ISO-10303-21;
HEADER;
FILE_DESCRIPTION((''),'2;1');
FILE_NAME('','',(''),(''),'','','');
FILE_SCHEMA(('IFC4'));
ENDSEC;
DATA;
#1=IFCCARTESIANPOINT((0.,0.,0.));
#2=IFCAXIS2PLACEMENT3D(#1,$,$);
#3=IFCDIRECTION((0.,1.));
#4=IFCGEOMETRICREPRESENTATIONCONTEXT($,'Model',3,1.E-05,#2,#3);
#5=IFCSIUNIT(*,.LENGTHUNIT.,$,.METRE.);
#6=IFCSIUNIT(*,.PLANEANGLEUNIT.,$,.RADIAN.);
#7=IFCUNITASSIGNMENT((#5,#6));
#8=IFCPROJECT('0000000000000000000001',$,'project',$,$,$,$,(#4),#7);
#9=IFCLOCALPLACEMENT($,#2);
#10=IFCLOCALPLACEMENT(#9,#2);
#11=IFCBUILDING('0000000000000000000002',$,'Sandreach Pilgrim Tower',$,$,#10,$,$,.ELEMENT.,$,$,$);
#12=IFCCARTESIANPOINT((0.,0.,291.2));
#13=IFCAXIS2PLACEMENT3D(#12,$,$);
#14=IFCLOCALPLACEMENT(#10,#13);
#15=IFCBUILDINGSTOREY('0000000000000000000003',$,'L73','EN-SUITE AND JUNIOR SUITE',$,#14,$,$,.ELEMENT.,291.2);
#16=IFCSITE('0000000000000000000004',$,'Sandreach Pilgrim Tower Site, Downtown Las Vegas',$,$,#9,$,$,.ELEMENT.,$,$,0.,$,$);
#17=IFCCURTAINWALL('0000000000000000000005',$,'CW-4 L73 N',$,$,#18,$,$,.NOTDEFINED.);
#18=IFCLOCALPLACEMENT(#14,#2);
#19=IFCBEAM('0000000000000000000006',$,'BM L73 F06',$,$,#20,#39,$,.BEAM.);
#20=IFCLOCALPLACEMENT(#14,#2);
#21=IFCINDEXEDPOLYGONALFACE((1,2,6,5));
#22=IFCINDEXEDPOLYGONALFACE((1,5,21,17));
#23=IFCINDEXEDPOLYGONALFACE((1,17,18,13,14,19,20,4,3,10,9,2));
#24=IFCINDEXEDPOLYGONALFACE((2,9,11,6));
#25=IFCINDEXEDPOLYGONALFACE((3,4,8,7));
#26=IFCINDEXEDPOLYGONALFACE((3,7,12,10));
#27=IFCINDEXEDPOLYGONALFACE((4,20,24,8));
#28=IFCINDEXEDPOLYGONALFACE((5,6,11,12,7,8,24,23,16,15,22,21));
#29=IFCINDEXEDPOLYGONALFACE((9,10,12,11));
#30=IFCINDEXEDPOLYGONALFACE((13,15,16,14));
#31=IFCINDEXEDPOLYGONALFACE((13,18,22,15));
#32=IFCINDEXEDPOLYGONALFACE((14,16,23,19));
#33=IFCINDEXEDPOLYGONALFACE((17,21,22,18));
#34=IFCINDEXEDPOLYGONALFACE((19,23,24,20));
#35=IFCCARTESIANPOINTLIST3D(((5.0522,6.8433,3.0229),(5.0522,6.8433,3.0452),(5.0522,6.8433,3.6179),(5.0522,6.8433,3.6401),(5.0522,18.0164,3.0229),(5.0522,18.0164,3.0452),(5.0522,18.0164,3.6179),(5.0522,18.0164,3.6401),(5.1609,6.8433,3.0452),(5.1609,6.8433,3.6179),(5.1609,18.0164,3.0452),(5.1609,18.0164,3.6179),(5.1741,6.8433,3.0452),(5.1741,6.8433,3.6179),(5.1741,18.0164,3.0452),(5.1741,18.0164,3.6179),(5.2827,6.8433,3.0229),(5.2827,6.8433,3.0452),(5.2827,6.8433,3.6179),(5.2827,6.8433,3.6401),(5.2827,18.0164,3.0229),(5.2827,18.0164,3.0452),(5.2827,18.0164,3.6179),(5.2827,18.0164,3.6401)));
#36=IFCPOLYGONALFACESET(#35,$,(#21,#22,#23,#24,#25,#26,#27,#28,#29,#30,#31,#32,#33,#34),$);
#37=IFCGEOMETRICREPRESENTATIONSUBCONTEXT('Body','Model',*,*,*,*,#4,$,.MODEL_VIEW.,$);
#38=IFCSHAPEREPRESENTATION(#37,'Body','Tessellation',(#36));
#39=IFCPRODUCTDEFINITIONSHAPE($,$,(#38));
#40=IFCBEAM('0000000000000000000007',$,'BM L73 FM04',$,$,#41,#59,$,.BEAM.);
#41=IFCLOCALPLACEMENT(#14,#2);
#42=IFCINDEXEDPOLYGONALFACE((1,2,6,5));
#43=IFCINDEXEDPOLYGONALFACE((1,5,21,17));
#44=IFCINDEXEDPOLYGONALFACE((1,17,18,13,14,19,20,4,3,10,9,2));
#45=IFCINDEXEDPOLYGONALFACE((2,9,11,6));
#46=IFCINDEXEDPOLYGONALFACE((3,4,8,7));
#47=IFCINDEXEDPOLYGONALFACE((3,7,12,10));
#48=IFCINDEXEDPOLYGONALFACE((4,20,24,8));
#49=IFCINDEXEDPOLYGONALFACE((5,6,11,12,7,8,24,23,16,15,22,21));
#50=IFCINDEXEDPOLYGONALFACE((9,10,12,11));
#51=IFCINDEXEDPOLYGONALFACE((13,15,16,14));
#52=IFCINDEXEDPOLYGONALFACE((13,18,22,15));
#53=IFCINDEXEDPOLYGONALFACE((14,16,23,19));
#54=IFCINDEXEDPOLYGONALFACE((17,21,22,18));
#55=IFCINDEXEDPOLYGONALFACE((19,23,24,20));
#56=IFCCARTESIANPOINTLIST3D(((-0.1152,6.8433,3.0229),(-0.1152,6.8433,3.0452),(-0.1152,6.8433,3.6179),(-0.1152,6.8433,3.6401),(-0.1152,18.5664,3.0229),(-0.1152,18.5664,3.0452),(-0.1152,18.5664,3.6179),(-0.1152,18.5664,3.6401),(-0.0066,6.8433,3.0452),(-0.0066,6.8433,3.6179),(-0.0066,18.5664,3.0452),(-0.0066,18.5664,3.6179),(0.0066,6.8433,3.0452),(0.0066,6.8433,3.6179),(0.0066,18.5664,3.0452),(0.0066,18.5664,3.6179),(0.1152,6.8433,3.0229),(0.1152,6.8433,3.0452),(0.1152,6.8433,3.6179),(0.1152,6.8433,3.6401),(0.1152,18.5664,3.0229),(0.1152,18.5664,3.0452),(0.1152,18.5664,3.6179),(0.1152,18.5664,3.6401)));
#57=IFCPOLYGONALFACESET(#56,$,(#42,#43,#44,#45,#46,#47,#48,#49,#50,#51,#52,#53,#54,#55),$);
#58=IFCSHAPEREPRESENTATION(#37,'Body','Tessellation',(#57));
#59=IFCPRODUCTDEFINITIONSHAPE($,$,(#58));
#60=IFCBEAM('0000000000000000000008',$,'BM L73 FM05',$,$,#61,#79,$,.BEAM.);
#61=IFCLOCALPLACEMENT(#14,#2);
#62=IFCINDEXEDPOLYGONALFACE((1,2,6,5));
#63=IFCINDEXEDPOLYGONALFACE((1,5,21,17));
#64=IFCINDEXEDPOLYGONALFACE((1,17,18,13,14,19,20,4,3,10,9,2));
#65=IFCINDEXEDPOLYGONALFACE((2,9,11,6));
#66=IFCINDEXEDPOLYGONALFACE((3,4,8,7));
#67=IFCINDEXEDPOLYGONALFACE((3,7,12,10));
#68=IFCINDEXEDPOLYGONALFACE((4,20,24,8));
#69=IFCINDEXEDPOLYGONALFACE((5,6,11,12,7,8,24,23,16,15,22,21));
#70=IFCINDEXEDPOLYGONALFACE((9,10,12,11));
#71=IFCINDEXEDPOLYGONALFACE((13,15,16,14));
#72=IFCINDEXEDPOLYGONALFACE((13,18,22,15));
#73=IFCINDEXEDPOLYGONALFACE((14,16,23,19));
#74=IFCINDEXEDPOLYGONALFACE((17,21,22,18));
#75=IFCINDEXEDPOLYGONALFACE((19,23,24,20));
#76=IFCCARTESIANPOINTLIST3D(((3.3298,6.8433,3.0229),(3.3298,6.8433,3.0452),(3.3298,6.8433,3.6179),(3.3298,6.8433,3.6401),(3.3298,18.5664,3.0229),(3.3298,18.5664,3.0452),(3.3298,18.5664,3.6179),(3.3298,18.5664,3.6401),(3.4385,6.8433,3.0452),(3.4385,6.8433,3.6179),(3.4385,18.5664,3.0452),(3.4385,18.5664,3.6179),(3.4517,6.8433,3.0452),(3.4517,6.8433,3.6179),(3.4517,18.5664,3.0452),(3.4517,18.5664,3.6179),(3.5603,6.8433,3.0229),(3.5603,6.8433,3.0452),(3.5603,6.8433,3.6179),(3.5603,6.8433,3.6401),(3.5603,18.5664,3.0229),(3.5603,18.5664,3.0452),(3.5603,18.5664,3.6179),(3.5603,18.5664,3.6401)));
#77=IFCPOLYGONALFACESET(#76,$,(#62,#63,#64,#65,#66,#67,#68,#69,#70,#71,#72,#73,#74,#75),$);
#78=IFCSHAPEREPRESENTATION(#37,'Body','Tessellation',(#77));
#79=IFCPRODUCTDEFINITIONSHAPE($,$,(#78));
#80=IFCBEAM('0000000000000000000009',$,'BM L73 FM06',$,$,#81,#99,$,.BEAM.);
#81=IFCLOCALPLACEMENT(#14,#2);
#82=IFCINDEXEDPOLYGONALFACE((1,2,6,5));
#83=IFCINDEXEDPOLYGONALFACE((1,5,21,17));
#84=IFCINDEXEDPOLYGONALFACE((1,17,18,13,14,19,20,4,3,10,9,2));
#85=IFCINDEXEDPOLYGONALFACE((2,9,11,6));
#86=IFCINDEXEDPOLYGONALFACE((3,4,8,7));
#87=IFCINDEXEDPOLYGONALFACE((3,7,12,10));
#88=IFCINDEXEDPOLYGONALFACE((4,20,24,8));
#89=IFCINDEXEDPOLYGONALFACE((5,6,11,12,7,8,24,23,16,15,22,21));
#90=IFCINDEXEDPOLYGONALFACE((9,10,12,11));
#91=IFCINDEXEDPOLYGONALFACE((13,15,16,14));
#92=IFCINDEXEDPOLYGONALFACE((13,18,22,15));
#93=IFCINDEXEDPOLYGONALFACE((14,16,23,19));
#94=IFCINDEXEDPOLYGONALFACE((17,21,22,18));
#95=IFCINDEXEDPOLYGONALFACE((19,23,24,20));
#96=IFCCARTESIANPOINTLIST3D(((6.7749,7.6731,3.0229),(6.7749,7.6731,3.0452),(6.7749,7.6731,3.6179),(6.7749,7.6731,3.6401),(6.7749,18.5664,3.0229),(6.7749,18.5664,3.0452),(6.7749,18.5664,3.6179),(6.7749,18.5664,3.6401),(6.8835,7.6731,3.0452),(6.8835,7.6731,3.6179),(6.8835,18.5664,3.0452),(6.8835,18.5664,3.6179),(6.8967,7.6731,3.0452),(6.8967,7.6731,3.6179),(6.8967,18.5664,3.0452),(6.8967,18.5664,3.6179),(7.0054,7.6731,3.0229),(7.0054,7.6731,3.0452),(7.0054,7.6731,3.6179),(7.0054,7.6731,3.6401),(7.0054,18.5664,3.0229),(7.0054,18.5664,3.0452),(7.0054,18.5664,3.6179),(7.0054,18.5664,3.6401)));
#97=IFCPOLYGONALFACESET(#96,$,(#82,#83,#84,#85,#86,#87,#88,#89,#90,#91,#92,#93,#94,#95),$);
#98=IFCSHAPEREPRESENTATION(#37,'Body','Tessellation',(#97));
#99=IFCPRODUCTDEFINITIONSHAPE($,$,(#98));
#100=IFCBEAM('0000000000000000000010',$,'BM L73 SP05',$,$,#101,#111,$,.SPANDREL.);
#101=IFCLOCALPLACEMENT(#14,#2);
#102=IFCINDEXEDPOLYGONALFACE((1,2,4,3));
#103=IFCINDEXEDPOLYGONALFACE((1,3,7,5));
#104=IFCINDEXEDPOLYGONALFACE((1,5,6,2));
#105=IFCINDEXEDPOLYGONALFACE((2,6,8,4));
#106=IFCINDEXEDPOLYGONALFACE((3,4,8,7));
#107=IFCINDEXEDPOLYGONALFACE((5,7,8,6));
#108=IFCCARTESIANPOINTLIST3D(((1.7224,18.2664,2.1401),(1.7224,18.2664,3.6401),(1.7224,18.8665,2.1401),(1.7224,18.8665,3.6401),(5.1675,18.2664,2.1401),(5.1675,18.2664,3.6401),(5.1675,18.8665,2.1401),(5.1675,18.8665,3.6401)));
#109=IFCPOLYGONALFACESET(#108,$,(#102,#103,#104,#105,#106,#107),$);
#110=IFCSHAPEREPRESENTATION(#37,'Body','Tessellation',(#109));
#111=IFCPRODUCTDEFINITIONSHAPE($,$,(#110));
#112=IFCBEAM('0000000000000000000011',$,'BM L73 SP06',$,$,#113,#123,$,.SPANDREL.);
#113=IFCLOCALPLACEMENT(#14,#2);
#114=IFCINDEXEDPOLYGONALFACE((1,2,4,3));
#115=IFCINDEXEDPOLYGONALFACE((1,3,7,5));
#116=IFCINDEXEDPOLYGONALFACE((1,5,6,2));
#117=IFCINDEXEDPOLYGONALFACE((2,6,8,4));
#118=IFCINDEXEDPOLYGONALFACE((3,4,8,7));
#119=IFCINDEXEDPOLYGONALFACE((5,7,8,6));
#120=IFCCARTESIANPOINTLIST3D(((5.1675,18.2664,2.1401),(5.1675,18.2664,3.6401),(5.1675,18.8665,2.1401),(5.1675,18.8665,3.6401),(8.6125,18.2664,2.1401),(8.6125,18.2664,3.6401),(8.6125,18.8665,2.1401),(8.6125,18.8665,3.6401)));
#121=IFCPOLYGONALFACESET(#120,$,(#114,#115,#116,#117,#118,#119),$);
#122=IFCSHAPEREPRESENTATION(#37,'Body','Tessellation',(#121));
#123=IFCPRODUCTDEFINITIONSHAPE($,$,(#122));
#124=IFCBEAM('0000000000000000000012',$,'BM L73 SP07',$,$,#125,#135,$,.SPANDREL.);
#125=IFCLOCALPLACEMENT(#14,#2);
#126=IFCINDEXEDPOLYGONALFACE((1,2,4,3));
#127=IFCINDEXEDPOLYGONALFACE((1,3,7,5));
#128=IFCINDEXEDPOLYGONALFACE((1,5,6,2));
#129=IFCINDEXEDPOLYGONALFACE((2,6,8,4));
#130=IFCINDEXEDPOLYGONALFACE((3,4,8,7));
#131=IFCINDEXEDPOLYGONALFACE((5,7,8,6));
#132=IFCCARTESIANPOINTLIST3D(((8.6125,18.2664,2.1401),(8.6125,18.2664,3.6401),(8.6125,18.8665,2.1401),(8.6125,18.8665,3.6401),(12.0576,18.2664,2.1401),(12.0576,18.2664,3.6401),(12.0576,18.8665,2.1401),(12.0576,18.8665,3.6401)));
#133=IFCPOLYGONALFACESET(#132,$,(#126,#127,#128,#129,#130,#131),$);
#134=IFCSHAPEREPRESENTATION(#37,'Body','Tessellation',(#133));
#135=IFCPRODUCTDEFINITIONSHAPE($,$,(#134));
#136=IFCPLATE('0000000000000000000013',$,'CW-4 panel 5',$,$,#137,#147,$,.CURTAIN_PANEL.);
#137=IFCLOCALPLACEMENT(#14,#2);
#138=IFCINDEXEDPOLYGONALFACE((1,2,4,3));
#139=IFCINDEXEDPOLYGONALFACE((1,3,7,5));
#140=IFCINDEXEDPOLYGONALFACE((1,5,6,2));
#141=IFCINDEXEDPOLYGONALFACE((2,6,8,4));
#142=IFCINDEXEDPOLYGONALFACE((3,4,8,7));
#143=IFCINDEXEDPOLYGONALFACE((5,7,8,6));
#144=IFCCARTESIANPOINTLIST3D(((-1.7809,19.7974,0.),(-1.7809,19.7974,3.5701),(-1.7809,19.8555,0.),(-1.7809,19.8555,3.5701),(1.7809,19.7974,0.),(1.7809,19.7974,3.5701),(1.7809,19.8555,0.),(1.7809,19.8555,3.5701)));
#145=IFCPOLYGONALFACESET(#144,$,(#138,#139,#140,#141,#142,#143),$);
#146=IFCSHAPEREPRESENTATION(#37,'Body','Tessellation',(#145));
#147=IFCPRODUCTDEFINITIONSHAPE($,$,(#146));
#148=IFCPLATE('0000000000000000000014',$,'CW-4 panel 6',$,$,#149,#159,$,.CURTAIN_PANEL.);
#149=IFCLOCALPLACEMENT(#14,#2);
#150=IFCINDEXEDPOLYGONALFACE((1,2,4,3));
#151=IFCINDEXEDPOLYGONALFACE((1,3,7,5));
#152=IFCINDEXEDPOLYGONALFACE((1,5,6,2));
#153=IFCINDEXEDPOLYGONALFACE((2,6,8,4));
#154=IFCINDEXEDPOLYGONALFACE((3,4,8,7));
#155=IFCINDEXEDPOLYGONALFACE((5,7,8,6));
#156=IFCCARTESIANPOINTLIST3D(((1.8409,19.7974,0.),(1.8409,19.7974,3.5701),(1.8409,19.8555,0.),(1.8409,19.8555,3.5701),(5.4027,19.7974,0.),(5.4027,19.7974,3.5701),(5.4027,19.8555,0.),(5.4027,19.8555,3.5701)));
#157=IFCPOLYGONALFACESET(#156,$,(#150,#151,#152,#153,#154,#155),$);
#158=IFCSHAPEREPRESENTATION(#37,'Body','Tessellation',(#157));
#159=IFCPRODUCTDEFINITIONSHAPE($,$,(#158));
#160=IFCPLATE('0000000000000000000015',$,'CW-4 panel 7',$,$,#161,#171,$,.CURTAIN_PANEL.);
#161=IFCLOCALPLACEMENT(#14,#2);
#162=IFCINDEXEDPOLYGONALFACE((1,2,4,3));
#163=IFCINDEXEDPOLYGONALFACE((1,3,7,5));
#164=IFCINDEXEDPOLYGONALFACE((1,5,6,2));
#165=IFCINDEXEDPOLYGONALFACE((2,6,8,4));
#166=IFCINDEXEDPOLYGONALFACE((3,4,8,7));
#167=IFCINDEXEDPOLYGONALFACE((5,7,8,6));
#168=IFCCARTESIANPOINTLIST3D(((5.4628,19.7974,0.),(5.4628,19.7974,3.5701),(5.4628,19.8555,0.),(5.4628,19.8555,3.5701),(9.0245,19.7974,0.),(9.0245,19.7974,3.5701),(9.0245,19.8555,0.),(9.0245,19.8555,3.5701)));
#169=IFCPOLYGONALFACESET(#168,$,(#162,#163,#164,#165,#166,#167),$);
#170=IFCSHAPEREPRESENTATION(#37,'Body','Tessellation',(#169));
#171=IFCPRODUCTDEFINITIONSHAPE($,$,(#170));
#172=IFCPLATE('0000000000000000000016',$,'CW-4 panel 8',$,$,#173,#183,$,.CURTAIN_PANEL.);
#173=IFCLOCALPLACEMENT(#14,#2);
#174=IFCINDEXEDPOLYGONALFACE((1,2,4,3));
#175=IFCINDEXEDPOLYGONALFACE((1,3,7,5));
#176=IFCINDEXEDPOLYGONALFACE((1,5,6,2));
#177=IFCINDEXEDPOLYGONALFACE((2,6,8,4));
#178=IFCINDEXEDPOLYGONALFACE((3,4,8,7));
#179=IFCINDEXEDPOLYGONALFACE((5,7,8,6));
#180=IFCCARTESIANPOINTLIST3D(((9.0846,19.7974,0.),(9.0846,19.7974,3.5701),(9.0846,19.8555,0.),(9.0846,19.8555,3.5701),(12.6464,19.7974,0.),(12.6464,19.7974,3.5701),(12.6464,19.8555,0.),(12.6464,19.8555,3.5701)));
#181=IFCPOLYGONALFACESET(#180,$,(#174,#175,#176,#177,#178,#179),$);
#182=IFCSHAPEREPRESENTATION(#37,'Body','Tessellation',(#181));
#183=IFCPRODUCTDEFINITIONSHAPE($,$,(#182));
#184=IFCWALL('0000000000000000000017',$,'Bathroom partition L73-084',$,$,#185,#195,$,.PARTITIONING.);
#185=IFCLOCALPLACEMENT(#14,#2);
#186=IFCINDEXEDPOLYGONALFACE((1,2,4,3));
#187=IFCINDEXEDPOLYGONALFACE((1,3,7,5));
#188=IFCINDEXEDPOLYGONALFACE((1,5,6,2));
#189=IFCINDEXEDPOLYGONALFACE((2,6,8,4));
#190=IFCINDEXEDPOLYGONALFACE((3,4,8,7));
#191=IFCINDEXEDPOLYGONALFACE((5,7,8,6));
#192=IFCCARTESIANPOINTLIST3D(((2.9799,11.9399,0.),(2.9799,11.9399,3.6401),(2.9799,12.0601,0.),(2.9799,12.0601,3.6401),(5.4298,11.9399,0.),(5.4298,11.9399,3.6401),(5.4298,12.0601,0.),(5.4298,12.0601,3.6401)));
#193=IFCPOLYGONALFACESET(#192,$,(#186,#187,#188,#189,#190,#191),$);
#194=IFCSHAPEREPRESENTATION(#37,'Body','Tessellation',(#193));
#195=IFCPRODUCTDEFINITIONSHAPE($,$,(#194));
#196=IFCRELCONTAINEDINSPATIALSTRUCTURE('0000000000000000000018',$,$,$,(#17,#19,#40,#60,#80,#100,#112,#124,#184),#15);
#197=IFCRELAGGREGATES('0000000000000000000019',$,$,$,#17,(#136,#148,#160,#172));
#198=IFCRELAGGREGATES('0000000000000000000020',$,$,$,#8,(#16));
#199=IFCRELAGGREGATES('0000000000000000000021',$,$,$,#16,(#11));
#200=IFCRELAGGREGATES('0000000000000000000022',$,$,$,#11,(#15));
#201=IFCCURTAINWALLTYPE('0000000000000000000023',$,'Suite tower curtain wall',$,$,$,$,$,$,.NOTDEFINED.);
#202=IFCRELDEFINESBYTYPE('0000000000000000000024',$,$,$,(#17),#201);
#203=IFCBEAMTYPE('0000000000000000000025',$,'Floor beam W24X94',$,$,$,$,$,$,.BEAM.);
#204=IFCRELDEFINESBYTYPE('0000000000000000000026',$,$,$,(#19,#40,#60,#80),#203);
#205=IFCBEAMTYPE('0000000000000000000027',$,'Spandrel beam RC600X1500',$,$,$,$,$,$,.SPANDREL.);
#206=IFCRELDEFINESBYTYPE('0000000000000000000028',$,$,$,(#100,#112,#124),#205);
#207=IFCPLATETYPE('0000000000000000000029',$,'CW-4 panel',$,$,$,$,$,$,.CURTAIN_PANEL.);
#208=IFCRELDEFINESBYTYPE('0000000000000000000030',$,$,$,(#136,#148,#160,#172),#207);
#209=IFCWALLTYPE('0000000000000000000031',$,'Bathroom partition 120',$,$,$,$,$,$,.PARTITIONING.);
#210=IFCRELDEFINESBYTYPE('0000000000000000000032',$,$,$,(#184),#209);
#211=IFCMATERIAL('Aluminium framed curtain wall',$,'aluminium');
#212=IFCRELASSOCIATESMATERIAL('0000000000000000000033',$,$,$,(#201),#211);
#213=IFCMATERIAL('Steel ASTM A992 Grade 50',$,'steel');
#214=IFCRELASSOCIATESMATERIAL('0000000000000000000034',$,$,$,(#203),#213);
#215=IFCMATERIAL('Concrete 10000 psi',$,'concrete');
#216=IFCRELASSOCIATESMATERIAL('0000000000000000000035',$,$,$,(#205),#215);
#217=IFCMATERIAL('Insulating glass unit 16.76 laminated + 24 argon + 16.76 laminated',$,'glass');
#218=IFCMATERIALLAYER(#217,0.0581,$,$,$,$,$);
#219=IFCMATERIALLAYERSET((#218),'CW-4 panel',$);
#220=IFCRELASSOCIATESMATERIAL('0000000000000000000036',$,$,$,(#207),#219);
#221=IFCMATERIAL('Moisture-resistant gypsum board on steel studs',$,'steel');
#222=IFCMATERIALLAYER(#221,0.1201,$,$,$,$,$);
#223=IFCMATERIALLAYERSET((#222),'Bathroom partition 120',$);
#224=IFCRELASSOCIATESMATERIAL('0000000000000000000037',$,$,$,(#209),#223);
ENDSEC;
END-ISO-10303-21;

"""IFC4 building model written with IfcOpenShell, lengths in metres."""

from ifc_helpers import new_model, si_unit, direction, frame, frame_2d, origin, origin_2d, place, context, subcontext, project, spatial, rectangle, i_section, extrude, material, layer, layer_set, material_profile, profile_set, type_object, element, aggregate, save


model = new_model("IFC4")

# Units and contexts
model_context = context("Model", 3, precision=1e-05, world=origin(), true_north=direction((0.0, 1.0)))
body_context = subcontext(model_context, "Body", "Model", "MODEL_VIEW")
ifc_project = project(units=[si_unit("LENGTHUNIT", "METRE"), si_unit("PLANEANGLEUNIT", "RADIAN")], contexts=[model_context])

# Site, building, storey
site_placement = place(None, origin())
site = spatial("IfcSite", under=ifc_project, at=site_placement, Name="Sandreach Pilgrim Tower Site, Downtown Las Vegas", CompositionType="ELEMENT", RefElevation=0.0)
building_placement = place(site_placement, origin())
building = spatial("IfcBuilding", under=site, at=building_placement, Name="Sandreach Pilgrim Tower", CompositionType="ELEMENT")
storey_placement = place(building_placement, frame((0.0, 0.0, 291.2)))
storey = spatial("IfcBuildingStorey", under=building, at=storey_placement, Name="L73", Description="EN-SUITE AND JUNIOR SUITE", CompositionType="ELEMENT", Elevation=291.2)

# Curtain wall
ifc_material_1 = material(Name="Aluminium framed curtain wall", Category="aluminium")
curtain_wall_type = type_object("IfcCurtainWallType", Name="Suite tower curtain wall", PredefinedType="NOTDEFINED", material=ifc_material_1)
curtain_wall_placement = place(storey_placement, origin())
curtain_wall = element("IfcCurtainWall", 1, at=curtain_wall_placement, inside=storey, type_object=curtain_wall_type, Name="CW-4 L73 N", PredefinedType="NOTDEFINED")

# Beams
ifc_material_2 = material(Name="Steel ASTM A992 Grade 50", Category="steel")
ifc_material_profile_1 = material_profile(ifc_material_2, i_section(OverallWidth=0.2305, OverallDepth=0.6172, WebThickness=0.0132, FlangeThickness=0.0222, at=origin_2d()), Name="W24X94")
ifc_profile_set_1 = profile_set([ifc_material_profile_1], Name="Steel ASTM A992 Grade 50")
beam_type_1 = type_object("IfcBeamType", Name="Floor beam W24X94", PredefinedType="BEAM", material=ifc_profile_set_1)
for number, where, z_axis, x_axis, name in (
    (2, (5.1675, 18.0164, 3.3315), (0.0, -1.0, 0.0), (1.0, 0.0, 0.0), "BM L73 F06"),
):
    element("IfcBeam", number, at=place(storey_placement, frame(where, z_axis=z_axis, x_axis=x_axis)), inside=storey, type_object=beam_type_1, Name=name, PredefinedType="BEAM", context=body_context, shape_type="SweptSolid", body=[
        extrude(i_section(OverallWidth=0.2305, OverallDepth=0.6172, WebThickness=0.0132, FlangeThickness=0.0222, at=origin_2d()), origin(), (0.0, 0.0, 1.0), 11.1731),
    ])
for number, where, z_axis, x_axis, name in (
    (3, (0.0, 18.5664, 3.3315), (0.0, -1.0, 0.0), (1.0, 0.0, 0.0), "BM L73 FM04"),
    (4, (3.4451, 18.5664, 3.3315), (0.0, -1.0, 0.0), (1.0, 0.0, 0.0), "BM L73 FM05"),
):
    element("IfcBeam", number, at=place(storey_placement, frame(where, z_axis=z_axis, x_axis=x_axis)), inside=storey, type_object=beam_type_1, Name=name, PredefinedType="BEAM", context=body_context, shape_type="SweptSolid", body=[
        extrude(i_section(OverallWidth=0.2305, OverallDepth=0.6172, WebThickness=0.0132, FlangeThickness=0.0222, at=origin_2d()), origin(), (0.0, 0.0, 1.0), 11.7231),
    ])
beam_1_placement = place(storey_placement, frame((6.8901, 18.5664, 3.3315), z_axis=(0.0, -1.0, 0.0), x_axis=(1.0, 0.0, 0.0)))
element("IfcBeam", 5, at=beam_1_placement, inside=storey, type_object=beam_type_1, Name="BM L73 FM06", PredefinedType="BEAM", context=body_context, shape_type="SweptSolid", body=[
    extrude(i_section(OverallWidth=0.2305, OverallDepth=0.6172, WebThickness=0.0132, FlangeThickness=0.0222, at=origin_2d()), origin(), (0.0, 0.0, 1.0), 10.8933),
])
ifc_material_3 = material(Name="Concrete 10000 psi", Category="concrete")
ifc_material_profile_2 = material_profile(ifc_material_3, rectangle(XDim=0.6001, YDim=1.5, at=origin_2d()), Name="RC600X1500")
ifc_profile_set_2 = profile_set([ifc_material_profile_2], Name="Concrete 10000 psi")
beam_type_2 = type_object("IfcBeamType", Name="Spandrel beam RC600X1500", PredefinedType="SPANDREL", material=ifc_profile_set_2)
for number, where, z_axis, x_axis, name in (
    (6, (1.7224, 18.5664, 2.8901), (1.0, 0.0, 0.0), (0.0, 1.0, 0.0), "BM L73 SP05"),
    (7, (5.1675, 18.5664, 2.8901), (1.0, 0.0, 0.0), (0.0, 1.0, 0.0), "BM L73 SP06"),
    (8, (8.6125, 18.5664, 2.8901), (1.0, 0.0, 0.0), (0.0, 1.0, 0.0), "BM L73 SP07"),
):
    element("IfcBeam", number, at=place(storey_placement, frame(where, z_axis=z_axis, x_axis=x_axis)), inside=storey, type_object=beam_type_2, Name=name, PredefinedType="SPANDREL", context=body_context, shape_type="SweptSolid", body=[
        extrude(rectangle(XDim=0.6001, YDim=1.5, at=origin_2d()), origin(), (0.0, 0.0, 1.0), 3.4451),
    ])

# Plates
ifc_material_4 = material(Name="Insulating glass unit 16.76 laminated + 24 argon + 16.76 laminated", Category="glass")
ifc_layer_1 = layer(ifc_material_4, 0.0581)
ifc_layer_set_1 = layer_set([ifc_layer_1], Name="CW-4 panel")
plate_type = type_object("IfcPlateType", Name="CW-4 panel", PredefinedType="CURTAIN_PANEL", material=ifc_layer_set_1)
plate_1_placement = place(storey_placement, frame((0.0, 19.8264, 0.0), z_axis=(0.0, 0.0, 1.0), x_axis=(1.0, 0.0, 0.0)))
plate_1 = element("IfcPlate", 9, at=plate_1_placement, type_object=plate_type, Name="CW-4 panel 5", PredefinedType="CURTAIN_PANEL", context=body_context, shape_type="SweptSolid", body=[
    extrude(rectangle(XDim=3.5618, YDim=0.0581, at=origin_2d()), origin(), (0.0, 0.0, 1.0), 3.5701),
])
plate_2_placement = place(storey_placement, frame((3.6218, 19.8264, 0.0), z_axis=(0.0, 0.0, 1.0), x_axis=(1.0, 0.0, 0.0)))
plate_2 = element("IfcPlate", 10, at=plate_2_placement, type_object=plate_type, Name="CW-4 panel 6", PredefinedType="CURTAIN_PANEL", context=body_context, shape_type="SweptSolid", body=[
    extrude(rectangle(XDim=3.5618, YDim=0.0581, at=origin_2d()), origin(), (0.0, 0.0, 1.0), 3.5701),
])
plate_3_placement = place(storey_placement, frame((7.2437, 19.8264, 0.0), z_axis=(0.0, 0.0, 1.0), x_axis=(1.0, 0.0, 0.0)))
plate_3 = element("IfcPlate", 11, at=plate_3_placement, type_object=plate_type, Name="CW-4 panel 7", PredefinedType="CURTAIN_PANEL", context=body_context, shape_type="SweptSolid", body=[
    extrude(rectangle(XDim=3.5618, YDim=0.0581, at=origin_2d()), origin(), (0.0, 0.0, 1.0), 3.5701),
])
plate_4_placement = place(storey_placement, frame((10.8655, 19.8264, 0.0), z_axis=(0.0, 0.0, 1.0), x_axis=(1.0, 0.0, 0.0)))
plate_4 = element("IfcPlate", 12, at=plate_4_placement, type_object=plate_type, Name="CW-4 panel 8", PredefinedType="CURTAIN_PANEL", context=body_context, shape_type="SweptSolid", body=[
    extrude(rectangle(XDim=3.5618, YDim=0.0581, at=origin_2d()), origin(), (0.0, 0.0, 1.0), 3.5701),
])
aggregate(curtain_wall, [plate_1, plate_2, plate_3, plate_4])

# Wall
ifc_material_5 = material(Name="Moisture-resistant gypsum board on steel studs", Category="steel")
ifc_layer_2 = layer(ifc_material_5, 0.1201)
ifc_layer_set_2 = layer_set([ifc_layer_2], Name="Bathroom partition 120")
wall_type_1 = type_object("IfcWallType", Name="Bathroom partition 120", PredefinedType="PARTITIONING", material=ifc_layer_set_2)
wall_1_placement = place(storey_placement, frame((5.4299, 12.0, 0.0), z_axis=(0.0, 0.0, 1.0), x_axis=(-1.0, 0.0, 0.0)))
element("IfcWall", 13, at=wall_1_placement, inside=storey, type_object=wall_type_1, Name="Bathroom partition L73-084", PredefinedType="PARTITIONING", context=body_context, shape_type="SweptSolid", body=[
    extrude(rectangle(XDim=2.45, YDim=0.1201, at=frame_2d((1.2251, 0.0))), origin(), (0.0, 0.0, 1.0), 3.6401),
])

save(model, "model.ifc")
